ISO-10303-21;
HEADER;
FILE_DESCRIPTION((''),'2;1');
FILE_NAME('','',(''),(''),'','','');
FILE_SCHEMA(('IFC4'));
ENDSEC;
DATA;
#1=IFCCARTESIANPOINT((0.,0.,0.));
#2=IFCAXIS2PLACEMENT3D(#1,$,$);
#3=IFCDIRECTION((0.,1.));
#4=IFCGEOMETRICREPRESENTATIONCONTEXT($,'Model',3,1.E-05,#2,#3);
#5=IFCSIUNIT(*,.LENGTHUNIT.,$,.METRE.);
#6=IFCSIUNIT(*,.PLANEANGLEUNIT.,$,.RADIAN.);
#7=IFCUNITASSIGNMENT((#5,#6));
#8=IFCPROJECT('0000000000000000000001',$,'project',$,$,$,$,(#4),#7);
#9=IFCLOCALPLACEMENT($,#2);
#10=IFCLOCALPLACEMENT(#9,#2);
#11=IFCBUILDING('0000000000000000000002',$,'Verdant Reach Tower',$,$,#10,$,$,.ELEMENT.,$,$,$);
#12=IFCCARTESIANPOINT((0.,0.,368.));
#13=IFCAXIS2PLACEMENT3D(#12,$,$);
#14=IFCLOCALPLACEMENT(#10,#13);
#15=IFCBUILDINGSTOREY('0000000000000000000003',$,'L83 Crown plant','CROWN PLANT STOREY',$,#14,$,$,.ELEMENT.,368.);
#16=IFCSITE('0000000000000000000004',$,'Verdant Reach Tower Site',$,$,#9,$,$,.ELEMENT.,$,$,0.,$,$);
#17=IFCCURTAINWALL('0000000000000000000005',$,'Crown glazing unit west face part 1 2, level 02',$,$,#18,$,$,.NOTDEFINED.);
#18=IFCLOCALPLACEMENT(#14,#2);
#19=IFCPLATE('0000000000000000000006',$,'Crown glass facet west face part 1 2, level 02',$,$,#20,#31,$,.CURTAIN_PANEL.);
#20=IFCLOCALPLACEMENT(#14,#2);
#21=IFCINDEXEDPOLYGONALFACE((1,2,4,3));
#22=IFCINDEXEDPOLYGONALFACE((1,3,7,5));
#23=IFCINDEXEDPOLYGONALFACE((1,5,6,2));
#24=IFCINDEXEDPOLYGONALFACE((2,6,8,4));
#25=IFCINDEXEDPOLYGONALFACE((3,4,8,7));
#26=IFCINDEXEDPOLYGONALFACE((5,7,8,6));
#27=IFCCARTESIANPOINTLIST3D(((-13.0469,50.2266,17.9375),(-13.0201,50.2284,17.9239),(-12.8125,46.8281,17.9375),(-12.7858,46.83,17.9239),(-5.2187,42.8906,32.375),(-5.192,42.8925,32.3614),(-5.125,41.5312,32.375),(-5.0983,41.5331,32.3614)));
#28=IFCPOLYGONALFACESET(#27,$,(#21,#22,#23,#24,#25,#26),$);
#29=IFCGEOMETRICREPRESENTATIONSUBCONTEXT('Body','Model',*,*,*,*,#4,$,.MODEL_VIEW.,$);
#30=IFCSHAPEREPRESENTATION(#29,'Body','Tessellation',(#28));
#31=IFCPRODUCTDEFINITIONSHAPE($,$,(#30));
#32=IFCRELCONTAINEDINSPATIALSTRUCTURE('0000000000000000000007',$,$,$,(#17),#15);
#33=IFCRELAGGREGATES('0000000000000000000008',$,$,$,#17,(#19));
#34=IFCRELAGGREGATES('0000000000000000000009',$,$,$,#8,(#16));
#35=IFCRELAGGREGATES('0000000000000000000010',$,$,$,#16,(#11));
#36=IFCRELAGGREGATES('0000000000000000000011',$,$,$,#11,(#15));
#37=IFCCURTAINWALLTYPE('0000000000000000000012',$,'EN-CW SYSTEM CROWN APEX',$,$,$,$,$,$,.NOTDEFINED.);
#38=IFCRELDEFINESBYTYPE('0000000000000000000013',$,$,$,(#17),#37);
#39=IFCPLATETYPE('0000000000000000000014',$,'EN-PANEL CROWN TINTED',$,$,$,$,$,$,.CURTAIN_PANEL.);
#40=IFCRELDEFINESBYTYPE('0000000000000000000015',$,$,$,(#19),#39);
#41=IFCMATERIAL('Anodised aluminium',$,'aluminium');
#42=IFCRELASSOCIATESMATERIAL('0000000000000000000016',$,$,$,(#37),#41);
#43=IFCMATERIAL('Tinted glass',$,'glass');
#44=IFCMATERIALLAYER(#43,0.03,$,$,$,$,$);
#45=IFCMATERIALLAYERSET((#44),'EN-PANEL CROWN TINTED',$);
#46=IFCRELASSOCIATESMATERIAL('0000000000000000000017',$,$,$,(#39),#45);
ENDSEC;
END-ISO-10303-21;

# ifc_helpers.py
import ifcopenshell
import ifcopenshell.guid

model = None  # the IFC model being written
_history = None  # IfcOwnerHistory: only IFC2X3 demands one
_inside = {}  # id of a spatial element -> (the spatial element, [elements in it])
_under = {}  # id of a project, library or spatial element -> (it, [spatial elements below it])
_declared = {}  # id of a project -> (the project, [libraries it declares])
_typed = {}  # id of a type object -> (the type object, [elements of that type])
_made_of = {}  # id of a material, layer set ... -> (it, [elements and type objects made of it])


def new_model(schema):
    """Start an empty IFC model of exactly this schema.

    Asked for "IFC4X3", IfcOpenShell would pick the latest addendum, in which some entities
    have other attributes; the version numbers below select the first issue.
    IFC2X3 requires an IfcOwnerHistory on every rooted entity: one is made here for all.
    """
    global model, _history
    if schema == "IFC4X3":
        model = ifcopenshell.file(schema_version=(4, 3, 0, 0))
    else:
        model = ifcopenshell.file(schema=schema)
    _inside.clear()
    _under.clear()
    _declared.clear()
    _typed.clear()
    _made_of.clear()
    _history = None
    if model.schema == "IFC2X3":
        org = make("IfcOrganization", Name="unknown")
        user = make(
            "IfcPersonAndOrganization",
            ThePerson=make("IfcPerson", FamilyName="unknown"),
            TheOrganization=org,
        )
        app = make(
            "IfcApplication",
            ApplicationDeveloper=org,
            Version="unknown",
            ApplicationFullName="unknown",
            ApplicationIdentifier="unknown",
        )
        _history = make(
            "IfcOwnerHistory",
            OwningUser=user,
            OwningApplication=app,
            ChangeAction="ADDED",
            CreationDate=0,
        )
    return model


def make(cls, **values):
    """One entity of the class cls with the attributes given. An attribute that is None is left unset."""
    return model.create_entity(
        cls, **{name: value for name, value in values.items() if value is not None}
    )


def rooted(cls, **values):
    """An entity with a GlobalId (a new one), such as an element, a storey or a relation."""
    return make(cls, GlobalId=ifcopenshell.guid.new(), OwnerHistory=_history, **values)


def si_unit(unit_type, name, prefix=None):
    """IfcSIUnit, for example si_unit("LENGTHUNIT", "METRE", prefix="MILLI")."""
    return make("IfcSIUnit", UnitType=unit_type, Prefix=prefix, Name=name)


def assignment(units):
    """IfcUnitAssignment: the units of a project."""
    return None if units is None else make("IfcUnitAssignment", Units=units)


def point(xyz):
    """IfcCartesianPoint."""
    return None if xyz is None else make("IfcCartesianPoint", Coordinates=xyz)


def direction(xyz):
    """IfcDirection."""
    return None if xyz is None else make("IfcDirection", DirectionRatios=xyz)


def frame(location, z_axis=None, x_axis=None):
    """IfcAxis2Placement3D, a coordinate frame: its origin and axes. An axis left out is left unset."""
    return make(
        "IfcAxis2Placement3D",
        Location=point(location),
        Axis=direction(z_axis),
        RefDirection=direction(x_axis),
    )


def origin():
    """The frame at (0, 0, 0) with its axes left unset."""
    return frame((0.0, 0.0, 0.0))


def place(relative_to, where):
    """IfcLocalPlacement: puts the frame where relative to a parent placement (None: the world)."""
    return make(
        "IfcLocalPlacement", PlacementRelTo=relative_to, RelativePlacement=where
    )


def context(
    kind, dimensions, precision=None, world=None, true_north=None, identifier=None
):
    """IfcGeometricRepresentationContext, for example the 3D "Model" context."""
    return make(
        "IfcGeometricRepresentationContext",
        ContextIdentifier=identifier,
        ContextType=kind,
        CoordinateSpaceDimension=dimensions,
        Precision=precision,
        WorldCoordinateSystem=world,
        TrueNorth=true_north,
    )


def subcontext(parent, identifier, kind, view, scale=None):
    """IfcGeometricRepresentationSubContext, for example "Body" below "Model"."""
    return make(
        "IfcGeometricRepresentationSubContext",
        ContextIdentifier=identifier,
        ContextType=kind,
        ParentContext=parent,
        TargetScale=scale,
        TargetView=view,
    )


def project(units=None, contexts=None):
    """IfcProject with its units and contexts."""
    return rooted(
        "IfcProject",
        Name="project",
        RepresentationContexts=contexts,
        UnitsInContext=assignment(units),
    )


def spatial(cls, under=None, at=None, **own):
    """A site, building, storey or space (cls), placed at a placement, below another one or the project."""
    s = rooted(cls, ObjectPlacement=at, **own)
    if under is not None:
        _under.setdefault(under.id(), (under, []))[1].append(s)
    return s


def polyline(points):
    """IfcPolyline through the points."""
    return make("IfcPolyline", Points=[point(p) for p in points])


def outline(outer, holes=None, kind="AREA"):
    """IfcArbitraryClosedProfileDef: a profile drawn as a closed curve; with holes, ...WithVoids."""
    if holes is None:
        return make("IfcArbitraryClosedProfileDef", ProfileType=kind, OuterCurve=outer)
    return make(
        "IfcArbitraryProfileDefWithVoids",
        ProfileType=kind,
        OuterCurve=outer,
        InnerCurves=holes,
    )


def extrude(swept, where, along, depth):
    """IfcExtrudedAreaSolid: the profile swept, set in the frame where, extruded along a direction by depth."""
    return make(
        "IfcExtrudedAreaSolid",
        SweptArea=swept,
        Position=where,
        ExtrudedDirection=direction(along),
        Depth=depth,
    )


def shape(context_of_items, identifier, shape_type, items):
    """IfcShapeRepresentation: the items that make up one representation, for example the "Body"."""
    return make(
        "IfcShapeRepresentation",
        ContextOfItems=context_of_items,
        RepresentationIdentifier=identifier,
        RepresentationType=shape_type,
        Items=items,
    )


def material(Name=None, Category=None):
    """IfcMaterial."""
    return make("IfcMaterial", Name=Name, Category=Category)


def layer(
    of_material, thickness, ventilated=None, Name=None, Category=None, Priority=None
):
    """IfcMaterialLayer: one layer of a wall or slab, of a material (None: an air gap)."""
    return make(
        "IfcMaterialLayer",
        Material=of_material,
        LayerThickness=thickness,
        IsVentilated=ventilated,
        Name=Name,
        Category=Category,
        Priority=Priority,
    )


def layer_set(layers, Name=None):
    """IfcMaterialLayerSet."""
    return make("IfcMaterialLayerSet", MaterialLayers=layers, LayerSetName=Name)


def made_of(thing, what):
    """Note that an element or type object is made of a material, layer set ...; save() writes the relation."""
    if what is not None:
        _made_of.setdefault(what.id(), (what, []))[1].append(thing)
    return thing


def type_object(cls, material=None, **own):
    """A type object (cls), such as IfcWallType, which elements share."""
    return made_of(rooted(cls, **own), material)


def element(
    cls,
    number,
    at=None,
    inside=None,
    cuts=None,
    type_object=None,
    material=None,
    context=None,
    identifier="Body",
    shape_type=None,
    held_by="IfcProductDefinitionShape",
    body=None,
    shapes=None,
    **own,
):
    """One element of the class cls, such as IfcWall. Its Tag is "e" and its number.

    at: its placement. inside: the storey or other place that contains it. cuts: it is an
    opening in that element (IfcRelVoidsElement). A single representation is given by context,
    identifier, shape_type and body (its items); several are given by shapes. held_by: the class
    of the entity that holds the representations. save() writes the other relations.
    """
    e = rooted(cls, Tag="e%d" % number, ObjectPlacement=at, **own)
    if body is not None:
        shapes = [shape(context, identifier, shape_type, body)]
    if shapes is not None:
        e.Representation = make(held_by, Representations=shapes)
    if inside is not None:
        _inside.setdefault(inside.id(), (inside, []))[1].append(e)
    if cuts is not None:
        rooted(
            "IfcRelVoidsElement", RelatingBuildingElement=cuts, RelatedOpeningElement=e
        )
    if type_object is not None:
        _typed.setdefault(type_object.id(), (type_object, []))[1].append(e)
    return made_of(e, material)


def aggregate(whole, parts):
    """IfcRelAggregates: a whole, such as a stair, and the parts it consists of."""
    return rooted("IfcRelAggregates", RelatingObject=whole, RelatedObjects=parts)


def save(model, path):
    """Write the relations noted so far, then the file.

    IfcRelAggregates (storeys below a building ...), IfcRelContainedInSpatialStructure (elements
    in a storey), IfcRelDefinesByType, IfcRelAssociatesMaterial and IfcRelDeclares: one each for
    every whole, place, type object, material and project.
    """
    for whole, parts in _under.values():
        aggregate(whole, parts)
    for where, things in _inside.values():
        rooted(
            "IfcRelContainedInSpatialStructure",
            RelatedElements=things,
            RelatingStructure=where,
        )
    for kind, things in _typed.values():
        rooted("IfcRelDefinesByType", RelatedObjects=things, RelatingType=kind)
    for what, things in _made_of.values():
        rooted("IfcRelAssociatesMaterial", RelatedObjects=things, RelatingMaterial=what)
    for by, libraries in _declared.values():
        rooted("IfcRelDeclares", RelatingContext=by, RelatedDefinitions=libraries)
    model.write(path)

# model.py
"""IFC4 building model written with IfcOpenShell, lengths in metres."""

from ifc_helpers import new_model, si_unit, direction, frame, origin, place, context, subcontext, project, spatial, polyline, outline, extrude, material, layer, layer_set, type_object, element, aggregate, save


model = new_model("IFC4")

# Units and contexts
model_context = context("Model", 3, precision=1e-05, world=origin(), true_north=direction((0.0, 1.0)))
body_context = subcontext(model_context, "Body", "Model", "MODEL_VIEW")
ifc_project = project(units=[si_unit("LENGTHUNIT", "METRE"), si_unit("PLANEANGLEUNIT", "RADIAN")], contexts=[model_context])

# Site, building, storey
site_placement = place(None, origin())
site = spatial("IfcSite", under=ifc_project, at=site_placement, Name="Verdant Reach Tower Site", CompositionType="ELEMENT", RefElevation=0.0)
building_placement = place(site_placement, origin())
building = spatial("IfcBuilding", under=site, at=building_placement, Name="Verdant Reach Tower", CompositionType="ELEMENT")
storey_placement = place(building_placement, frame((0.0, 0.0, 368.0)))
storey = spatial("IfcBuildingStorey", under=building, at=storey_placement, Name="L83 Crown plant", Description="CROWN PLANT STOREY", CompositionType="ELEMENT", Elevation=368.0)

# Curtain wall
ifc_material_1 = material(Name="Anodised aluminium", Category="aluminium")
curtain_wall_type = type_object("IfcCurtainWallType", Name="EN-CW SYSTEM CROWN APEX", PredefinedType="NOTDEFINED", material=ifc_material_1)
curtain_wall_1_placement = place(storey_placement, origin())
curtain_wall_1 = element("IfcCurtainWall", 1, at=curtain_wall_1_placement, inside=storey, type_object=curtain_wall_type, Name="Crown glazing unit west face part 1 2, level 02", PredefinedType="NOTDEFINED")

# Shared definitions
ifc_material_2 = material(Name="Tinted glass", Category="glass")
ifc_layer_1 = layer(ifc_material_2, 0.03)
ifc_layer_set_1 = layer_set([ifc_layer_1], Name="EN-PANEL CROWN TINTED")
plate_type = type_object("IfcPlateType", Name="EN-PANEL CROWN TINTED", PredefinedType="CURTAIN_PANEL", material=ifc_layer_set_1)

# Plate
plate_1_placement = place(storey_placement, frame((-13.0469, 50.2266, 17.9375), z_axis=(-0.890174, -0.061391, 0.451465), x_axis=(0.068802, -0.99763, 0.0)))
plate_1 = element("IfcPlate", 2, at=plate_1_placement, type_object=plate_type, Name="Crown glass facet west face part 1 2, level 02", PredefinedType="CURTAIN_PANEL", context=body_context, shape_type="SweptSolid", body=[
    extrude(outline(polyline([(0.0, 0.0), (3.4065, 0.0), (9.2197, 16.1803), (7.8571, 16.1803), (0.0, 0.0)])), origin(), (0.0, 0.0, -1.0), 0.03),
])
aggregate(curtain_wall_1, [plate_1])

save(model, "model.ifc")
